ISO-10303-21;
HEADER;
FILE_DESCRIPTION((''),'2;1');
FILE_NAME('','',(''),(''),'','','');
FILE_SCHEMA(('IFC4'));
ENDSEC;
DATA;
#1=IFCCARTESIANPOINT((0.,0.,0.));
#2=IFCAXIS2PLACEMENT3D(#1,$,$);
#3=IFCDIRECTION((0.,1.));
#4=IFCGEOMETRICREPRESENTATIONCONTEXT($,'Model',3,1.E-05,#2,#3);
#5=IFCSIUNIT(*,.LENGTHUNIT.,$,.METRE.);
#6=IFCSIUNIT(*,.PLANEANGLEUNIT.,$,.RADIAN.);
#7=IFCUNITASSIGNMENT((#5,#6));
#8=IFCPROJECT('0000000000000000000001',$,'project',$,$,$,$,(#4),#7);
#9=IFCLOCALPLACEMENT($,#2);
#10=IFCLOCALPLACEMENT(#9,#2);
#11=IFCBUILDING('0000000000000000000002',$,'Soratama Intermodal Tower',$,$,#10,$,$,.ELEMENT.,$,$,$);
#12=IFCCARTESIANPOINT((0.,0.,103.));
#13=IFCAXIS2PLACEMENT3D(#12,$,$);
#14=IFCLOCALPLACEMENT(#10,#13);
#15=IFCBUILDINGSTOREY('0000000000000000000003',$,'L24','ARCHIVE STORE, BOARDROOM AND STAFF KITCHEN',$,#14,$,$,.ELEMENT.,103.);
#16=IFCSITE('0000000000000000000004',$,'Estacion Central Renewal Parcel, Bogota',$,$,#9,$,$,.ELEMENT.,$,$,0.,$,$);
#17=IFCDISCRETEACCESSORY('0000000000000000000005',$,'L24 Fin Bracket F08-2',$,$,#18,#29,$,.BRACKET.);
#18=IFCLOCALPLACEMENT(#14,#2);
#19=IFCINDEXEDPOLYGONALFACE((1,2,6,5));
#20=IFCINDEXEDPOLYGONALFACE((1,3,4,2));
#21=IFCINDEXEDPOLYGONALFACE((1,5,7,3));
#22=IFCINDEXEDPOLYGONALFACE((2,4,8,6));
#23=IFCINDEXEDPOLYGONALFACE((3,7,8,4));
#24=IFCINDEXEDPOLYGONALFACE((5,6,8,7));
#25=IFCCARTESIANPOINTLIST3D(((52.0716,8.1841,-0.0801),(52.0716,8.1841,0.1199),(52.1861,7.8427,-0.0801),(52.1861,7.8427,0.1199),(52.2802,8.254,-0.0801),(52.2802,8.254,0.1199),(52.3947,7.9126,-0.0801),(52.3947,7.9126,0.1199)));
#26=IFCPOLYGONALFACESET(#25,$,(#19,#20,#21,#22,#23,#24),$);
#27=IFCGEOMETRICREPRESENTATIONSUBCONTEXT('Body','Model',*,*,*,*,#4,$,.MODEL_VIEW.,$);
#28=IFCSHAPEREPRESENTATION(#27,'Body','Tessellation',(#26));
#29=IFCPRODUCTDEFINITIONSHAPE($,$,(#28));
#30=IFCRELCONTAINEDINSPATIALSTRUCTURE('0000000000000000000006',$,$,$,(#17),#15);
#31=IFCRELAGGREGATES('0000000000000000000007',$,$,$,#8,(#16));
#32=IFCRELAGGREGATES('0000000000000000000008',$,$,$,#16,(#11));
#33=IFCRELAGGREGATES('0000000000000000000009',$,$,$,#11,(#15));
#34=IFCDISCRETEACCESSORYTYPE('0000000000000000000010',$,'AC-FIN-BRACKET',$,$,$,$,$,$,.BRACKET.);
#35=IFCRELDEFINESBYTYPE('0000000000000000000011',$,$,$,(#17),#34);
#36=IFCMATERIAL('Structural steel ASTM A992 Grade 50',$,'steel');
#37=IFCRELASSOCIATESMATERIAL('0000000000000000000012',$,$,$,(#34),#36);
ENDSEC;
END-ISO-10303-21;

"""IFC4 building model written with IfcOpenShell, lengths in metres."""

from ifc_helpers import new_model, si_unit, direction, frame, origin, origin_2d, place, context, subcontext, project, spatial, rectangle, extrude, material, type_object, element, save


model = new_model("IFC4")

# Units and contexts
model_context = context("Model", 3, precision=1e-05, world=origin(), true_north=direction((0.0, 1.0)))
body_context = subcontext(model_context, "Body", "Model", "MODEL_VIEW")
ifc_project = project(units=[si_unit("LENGTHUNIT", "METRE"), si_unit("PLANEANGLEUNIT", "RADIAN")], contexts=[model_context])

# Site, building, storey
site_placement = place(None, origin())
site = spatial("IfcSite", under=ifc_project, at=site_placement, Name="Estacion Central Renewal Parcel, Bogota", CompositionType="ELEMENT", RefElevation=0.0)
building_placement = place(site_placement, origin())
building = spatial("IfcBuilding", under=site, at=building_placement, Name="Soratama Intermodal Tower", CompositionType="ELEMENT")
storey_placement = place(building_placement, frame((0.0, 0.0, 103.0)))
storey = spatial("IfcBuildingStorey", under=building, at=storey_placement, Name="L24", Description="ARCHIVE STORE, BOARDROOM AND STAFF KITCHEN", CompositionType="ELEMENT", Elevation=103.0)

# Discrete accessory
ifc_material_1 = material(Name="Structural steel ASTM A992 Grade 50", Category="steel")
discrete_accessory_type = type_object("IfcDiscreteAccessoryType", Name="AC-FIN-BRACKET", PredefinedType="BRACKET", material=ifc_material_1)
for number, where, z_axis, x_axis, name in (
    (1, (52.2332, 8.0483, -0.0801), (0.0, 0.0, 1.0), (0.317967, -0.948102, 0.0), "L24 Fin Bracket F08-2"),
):
    element("IfcDiscreteAccessory", number, at=place(storey_placement, frame(where, z_axis=z_axis, x_axis=x_axis)), inside=storey, type_object=discrete_accessory_type, Name=name, PredefinedType="BRACKET", context=body_context, shape_type="SweptSolid", body=[
        extrude(rectangle(XDim=0.3601, YDim=0.22, at=origin_2d()), origin(), (0.0, 0.0, 1.0), 0.2),
    ])

save(model, "model.ifc")
